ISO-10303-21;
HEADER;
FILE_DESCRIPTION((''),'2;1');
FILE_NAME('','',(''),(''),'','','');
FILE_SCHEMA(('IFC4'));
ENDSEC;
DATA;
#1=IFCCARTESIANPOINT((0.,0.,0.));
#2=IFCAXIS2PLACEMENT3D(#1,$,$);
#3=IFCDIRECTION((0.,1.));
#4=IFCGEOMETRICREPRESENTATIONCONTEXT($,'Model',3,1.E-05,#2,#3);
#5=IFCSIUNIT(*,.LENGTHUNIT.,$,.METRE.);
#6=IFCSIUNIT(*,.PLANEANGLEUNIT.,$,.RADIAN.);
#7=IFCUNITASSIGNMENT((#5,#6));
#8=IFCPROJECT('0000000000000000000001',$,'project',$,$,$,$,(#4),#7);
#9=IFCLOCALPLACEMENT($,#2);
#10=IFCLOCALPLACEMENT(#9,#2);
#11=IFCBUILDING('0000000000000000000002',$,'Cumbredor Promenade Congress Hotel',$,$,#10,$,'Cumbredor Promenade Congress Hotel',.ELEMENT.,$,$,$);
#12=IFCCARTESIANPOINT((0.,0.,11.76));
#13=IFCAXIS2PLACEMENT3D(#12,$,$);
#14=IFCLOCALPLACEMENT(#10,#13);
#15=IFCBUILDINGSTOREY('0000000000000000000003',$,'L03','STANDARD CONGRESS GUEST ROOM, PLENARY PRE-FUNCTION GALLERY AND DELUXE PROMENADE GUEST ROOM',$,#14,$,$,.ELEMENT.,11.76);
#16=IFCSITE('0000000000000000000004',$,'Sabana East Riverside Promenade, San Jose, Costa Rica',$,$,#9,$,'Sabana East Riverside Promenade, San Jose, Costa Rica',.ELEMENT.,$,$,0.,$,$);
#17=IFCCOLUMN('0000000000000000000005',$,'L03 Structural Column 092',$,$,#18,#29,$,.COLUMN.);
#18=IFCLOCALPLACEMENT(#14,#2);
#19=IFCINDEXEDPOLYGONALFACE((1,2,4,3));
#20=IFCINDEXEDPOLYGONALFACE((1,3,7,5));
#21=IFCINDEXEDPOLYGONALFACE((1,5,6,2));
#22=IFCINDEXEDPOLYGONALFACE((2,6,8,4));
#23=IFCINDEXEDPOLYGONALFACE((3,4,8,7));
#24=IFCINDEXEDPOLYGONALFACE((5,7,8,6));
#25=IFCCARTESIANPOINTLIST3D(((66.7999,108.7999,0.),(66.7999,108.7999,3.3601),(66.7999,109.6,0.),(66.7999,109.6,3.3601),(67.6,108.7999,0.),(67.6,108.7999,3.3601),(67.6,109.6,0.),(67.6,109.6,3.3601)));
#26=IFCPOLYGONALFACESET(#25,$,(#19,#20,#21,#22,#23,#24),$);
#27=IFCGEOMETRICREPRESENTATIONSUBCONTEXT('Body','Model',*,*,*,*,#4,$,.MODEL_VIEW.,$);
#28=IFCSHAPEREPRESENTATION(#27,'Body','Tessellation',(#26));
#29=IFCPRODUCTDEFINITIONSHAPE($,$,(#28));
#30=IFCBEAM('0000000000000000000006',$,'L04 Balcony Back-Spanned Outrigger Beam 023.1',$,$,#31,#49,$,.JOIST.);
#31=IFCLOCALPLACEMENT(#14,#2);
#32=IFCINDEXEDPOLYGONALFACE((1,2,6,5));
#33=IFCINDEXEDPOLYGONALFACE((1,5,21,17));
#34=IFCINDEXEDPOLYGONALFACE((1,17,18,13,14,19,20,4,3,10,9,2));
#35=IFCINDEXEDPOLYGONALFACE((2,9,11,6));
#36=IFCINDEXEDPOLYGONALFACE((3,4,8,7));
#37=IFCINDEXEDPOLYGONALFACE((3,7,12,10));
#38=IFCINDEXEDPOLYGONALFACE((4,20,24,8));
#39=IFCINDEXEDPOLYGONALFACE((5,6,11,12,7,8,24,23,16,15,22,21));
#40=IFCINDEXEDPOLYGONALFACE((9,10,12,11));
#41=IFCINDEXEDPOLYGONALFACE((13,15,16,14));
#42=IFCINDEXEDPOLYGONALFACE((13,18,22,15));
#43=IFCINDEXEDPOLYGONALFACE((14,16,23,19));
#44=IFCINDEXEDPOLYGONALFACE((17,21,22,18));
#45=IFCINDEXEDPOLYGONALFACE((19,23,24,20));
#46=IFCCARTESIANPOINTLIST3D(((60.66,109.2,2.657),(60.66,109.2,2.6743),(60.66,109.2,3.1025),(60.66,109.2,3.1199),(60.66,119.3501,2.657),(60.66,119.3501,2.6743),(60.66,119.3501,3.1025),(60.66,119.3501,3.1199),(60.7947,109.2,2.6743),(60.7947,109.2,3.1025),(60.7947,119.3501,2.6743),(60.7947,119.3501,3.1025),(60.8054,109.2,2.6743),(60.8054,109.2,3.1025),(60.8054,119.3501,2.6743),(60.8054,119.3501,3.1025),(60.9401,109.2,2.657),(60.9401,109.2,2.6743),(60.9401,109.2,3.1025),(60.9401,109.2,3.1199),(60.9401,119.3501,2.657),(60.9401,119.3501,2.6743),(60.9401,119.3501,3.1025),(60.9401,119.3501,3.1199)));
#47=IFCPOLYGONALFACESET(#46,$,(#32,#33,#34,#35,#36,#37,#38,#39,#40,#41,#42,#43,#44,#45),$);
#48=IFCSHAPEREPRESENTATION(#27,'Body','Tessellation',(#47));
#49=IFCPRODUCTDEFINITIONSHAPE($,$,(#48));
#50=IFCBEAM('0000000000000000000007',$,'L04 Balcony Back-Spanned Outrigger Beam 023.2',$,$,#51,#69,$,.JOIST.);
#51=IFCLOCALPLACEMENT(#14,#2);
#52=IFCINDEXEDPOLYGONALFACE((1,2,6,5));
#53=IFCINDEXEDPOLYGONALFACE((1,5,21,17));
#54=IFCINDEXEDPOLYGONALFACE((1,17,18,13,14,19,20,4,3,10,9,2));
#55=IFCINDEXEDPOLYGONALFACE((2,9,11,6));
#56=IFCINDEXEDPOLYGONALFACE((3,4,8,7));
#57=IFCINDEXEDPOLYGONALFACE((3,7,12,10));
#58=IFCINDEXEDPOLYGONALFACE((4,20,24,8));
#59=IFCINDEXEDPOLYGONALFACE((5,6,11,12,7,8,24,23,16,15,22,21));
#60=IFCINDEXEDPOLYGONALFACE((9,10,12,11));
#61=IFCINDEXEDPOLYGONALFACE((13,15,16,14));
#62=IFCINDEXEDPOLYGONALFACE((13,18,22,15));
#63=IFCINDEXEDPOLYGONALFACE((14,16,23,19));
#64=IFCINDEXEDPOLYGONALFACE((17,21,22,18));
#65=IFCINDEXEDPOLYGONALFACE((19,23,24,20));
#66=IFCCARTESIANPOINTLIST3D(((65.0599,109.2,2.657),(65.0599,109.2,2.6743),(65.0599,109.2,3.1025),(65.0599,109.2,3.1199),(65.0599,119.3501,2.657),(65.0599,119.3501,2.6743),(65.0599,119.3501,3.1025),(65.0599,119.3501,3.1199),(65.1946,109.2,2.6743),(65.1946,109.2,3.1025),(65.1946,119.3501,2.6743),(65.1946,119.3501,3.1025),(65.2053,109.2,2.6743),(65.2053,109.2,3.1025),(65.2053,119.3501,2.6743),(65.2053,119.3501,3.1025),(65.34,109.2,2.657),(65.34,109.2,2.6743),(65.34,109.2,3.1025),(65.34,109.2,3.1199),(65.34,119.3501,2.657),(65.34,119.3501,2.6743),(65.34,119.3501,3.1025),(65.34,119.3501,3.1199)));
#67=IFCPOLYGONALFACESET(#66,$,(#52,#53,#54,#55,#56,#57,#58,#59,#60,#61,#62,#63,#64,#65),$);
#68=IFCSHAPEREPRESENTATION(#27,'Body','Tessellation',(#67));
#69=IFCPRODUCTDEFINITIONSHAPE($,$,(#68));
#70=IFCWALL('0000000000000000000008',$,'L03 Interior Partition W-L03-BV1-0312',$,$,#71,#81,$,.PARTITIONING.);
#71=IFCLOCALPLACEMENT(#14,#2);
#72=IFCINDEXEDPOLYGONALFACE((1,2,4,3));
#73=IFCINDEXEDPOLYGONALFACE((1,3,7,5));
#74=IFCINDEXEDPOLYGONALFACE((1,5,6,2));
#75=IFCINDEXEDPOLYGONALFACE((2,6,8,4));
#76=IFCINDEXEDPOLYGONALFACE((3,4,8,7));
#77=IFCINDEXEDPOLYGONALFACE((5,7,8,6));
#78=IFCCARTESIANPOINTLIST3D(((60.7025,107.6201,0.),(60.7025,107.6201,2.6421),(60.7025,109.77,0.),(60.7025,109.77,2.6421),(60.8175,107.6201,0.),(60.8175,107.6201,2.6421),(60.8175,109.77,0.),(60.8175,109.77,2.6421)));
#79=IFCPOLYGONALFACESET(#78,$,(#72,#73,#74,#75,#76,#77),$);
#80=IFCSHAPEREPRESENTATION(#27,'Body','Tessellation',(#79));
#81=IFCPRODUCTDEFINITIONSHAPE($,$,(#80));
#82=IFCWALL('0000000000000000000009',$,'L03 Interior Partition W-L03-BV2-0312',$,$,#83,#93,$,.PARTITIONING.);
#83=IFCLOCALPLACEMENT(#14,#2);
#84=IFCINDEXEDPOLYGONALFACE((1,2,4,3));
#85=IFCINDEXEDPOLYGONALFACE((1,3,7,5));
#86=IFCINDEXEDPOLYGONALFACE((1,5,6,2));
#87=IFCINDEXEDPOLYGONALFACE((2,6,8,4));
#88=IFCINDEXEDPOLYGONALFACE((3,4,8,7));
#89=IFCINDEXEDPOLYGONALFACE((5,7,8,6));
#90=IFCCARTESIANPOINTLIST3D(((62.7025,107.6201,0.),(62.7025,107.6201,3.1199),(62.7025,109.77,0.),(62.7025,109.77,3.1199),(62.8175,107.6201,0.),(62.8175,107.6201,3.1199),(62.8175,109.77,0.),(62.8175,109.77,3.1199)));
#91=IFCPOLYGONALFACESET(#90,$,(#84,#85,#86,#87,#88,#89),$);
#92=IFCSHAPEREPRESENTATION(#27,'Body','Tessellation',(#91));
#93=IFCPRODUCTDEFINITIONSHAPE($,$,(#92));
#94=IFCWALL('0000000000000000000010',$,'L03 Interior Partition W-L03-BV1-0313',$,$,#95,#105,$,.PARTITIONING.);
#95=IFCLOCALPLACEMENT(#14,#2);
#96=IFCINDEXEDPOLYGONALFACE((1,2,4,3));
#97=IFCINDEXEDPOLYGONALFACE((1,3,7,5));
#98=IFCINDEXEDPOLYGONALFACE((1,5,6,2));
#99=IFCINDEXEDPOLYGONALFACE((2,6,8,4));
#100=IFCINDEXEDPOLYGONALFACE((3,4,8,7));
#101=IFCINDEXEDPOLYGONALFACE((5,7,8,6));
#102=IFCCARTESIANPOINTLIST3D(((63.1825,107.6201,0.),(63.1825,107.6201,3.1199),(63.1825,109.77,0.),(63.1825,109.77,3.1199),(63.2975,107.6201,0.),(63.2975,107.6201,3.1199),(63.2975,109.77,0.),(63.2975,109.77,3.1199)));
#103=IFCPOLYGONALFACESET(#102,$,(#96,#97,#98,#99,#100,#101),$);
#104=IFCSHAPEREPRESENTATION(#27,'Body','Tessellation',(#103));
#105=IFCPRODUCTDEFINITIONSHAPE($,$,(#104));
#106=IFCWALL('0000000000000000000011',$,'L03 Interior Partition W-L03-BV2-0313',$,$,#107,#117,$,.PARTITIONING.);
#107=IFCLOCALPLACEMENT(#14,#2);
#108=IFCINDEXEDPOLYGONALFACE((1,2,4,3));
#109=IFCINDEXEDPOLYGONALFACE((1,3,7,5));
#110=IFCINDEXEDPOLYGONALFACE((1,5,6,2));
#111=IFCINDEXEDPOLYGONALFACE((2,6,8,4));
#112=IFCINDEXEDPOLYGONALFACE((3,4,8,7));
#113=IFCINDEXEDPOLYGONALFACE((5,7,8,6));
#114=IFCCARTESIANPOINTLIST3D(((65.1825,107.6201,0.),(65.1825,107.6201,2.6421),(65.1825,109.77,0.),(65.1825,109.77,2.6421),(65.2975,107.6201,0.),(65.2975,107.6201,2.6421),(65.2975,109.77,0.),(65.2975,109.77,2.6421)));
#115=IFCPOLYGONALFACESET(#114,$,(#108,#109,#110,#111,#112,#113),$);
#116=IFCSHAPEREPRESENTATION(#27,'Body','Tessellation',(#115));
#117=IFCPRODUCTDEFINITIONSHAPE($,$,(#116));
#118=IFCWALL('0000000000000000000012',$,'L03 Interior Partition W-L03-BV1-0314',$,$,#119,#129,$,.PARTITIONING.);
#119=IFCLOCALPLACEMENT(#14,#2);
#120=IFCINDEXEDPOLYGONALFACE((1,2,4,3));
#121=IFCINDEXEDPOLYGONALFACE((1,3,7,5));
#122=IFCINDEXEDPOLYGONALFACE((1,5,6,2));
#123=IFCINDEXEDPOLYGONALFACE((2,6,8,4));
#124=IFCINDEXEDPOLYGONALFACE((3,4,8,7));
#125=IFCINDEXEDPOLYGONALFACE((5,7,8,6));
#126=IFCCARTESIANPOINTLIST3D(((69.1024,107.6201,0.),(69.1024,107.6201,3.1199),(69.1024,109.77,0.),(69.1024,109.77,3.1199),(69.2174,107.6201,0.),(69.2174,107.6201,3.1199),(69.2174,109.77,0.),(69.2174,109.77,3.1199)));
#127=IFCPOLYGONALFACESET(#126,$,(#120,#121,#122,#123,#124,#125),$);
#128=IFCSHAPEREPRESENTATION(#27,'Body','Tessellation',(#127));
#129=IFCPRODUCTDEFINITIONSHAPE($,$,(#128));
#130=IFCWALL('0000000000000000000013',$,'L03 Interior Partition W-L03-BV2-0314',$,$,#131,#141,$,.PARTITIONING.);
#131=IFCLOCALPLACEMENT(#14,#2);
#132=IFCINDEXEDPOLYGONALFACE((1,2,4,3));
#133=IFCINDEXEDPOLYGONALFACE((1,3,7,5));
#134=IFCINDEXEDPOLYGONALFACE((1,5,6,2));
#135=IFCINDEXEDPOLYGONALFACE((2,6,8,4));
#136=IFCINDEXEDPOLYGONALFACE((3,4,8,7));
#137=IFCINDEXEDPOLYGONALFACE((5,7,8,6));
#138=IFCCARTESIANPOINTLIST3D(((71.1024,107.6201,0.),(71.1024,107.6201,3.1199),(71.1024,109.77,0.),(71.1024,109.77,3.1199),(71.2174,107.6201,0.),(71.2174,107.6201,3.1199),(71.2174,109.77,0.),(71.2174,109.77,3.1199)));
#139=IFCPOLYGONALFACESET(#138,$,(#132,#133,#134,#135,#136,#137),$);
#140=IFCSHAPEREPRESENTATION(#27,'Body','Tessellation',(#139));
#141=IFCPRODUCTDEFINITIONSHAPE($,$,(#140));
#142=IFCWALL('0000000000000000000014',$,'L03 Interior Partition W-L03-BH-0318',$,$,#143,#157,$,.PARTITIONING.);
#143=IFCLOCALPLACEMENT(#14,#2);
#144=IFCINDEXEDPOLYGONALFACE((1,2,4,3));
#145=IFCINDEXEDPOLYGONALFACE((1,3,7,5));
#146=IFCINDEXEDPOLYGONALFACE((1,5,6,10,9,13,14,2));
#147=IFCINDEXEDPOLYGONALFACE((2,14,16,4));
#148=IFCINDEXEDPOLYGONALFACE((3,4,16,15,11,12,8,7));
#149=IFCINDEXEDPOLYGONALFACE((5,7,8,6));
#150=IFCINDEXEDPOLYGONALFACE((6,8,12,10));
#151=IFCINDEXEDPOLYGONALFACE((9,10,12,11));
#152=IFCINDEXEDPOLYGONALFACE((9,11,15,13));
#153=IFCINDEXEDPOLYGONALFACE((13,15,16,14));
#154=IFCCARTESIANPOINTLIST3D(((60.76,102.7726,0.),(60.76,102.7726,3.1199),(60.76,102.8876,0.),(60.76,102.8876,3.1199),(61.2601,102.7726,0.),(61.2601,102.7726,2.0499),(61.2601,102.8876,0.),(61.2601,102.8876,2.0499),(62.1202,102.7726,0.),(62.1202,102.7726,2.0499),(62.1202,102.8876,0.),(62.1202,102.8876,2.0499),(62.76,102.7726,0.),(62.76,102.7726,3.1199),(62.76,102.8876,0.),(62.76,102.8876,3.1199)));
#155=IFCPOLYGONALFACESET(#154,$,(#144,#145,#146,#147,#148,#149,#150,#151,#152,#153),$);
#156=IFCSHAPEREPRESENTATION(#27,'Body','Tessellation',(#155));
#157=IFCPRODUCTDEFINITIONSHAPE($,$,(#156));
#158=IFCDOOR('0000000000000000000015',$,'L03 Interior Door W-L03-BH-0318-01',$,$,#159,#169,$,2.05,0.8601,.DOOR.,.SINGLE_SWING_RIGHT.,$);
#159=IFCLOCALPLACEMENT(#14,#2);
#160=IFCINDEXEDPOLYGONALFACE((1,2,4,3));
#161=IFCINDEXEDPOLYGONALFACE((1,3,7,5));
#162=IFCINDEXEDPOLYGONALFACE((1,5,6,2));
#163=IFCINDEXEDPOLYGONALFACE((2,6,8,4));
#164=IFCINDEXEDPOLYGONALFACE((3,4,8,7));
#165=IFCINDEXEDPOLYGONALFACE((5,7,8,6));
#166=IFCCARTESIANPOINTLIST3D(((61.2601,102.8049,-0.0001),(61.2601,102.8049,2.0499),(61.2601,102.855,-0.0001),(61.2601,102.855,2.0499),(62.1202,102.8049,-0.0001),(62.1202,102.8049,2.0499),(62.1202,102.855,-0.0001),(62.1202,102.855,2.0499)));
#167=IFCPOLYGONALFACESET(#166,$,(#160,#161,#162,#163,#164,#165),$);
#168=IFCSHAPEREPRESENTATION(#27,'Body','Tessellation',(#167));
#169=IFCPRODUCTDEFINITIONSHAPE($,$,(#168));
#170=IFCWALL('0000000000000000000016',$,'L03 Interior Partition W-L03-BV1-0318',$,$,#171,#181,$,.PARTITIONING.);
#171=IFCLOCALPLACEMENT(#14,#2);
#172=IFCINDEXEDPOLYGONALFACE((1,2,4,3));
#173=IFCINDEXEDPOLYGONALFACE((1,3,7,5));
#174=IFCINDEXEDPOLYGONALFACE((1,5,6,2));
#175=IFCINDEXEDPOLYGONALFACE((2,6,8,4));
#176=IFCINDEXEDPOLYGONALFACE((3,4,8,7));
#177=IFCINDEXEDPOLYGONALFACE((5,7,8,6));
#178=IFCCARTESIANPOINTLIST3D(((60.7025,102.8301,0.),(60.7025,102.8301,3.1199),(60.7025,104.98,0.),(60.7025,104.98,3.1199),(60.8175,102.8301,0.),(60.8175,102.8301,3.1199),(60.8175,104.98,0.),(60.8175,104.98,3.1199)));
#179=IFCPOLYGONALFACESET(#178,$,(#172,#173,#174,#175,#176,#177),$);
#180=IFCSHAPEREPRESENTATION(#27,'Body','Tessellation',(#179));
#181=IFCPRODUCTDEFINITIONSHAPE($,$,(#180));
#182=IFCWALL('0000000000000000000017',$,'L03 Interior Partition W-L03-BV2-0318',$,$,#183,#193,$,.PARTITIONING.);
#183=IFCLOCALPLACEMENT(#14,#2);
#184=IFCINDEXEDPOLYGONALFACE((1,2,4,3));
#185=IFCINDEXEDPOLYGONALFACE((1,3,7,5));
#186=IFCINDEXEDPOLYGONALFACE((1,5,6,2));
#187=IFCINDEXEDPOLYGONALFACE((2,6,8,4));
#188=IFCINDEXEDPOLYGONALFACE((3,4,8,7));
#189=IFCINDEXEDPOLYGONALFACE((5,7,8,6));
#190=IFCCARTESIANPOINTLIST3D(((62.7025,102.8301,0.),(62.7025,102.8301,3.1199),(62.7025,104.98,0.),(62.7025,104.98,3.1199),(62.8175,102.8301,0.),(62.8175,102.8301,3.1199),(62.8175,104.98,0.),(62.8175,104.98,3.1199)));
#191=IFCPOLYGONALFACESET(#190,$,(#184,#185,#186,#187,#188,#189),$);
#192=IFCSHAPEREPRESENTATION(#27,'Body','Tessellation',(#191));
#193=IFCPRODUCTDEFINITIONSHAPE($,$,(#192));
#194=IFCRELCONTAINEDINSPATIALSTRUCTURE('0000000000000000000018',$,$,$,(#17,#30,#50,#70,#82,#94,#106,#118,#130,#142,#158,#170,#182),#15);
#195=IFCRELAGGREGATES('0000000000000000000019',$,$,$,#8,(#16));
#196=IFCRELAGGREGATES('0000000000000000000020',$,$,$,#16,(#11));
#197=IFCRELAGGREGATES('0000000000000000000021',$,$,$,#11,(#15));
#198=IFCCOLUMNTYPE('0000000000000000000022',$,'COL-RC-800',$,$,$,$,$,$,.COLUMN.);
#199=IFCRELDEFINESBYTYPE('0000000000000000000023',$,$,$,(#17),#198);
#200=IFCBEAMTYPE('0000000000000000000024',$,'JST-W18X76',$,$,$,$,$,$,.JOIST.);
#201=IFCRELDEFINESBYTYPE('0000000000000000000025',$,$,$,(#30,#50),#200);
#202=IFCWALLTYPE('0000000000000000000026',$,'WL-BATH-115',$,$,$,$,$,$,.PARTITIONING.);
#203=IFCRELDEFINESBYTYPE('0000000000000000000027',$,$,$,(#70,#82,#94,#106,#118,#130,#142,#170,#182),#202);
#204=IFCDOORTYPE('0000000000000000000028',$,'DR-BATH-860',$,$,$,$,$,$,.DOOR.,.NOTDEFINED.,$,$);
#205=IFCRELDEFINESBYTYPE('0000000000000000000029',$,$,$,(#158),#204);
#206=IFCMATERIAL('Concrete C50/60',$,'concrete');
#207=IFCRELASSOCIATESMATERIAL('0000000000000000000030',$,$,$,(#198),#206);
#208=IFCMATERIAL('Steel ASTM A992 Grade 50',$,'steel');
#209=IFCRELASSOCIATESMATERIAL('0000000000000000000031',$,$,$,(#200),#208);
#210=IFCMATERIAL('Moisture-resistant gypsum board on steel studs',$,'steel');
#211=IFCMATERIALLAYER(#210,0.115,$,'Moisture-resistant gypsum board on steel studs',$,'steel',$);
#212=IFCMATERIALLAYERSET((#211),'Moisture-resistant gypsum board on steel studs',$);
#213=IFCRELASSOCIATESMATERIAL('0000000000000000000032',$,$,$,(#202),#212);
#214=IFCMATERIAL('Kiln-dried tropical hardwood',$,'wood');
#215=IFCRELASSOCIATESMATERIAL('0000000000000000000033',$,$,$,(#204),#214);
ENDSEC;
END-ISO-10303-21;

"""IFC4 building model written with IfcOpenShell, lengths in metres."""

from ifc_helpers import new_model, si_unit, direction, frame, frame_2d, origin, origin_2d, place, context, subcontext, project, spatial, rectangle, i_section, extrude, material, layer, layer_set, material_profile, profile_set, type_object, element, fill, save


model = new_model("IFC4")

# Units and contexts
model_context = context("Model", 3, precision=1e-05, world=origin(), true_north=direction((0.0, 1.0)))
body_context = subcontext(model_context, "Body", "Model", "MODEL_VIEW")
ifc_project = project(units=[si_unit("LENGTHUNIT", "METRE"), si_unit("PLANEANGLEUNIT", "RADIAN")], contexts=[model_context])

# Site, building, storey
site_placement = place(None, origin())
site = spatial("IfcSite", under=ifc_project, at=site_placement, Name="Sabana East Riverside Promenade, San Jose, Costa Rica", LongName="Sabana East Riverside Promenade, San Jose, Costa Rica", CompositionType="ELEMENT", RefElevation=0.0)
building_placement = place(site_placement, origin())
building = spatial("IfcBuilding", under=site, at=building_placement, Name="Cumbredor Promenade Congress Hotel", LongName="Cumbredor Promenade Congress Hotel", CompositionType="ELEMENT")
storey_placement = place(building_placement, frame((0.0, 0.0, 11.76)))
storey = spatial("IfcBuildingStorey", under=building, at=storey_placement, Name="L03", Description="STANDARD CONGRESS GUEST ROOM, PLENARY PRE-FUNCTION GALLERY AND DELUXE PROMENADE GUEST ROOM", CompositionType="ELEMENT", Elevation=11.76)

# Column
ifc_material_1 = material(Name="Concrete C50/60", Category="concrete")
ifc_material_profile_1 = material_profile(ifc_material_1, rectangle(XDim=0.8, YDim=0.8, at=origin_2d()), Name="RC 800x800")
ifc_profile_set_1 = profile_set([ifc_material_profile_1], Name="Concrete C50/60")
column_type = type_object("IfcColumnType", Name="COL-RC-800", PredefinedType="COLUMN", material=ifc_profile_set_1)
column_placement = place(storey_placement, frame((67.2, 109.2, 0.0), z_axis=(0.0, 0.0, 1.0), x_axis=(1.0, 0.0, 0.0)))
element("IfcColumn", 1, at=column_placement, inside=storey, type_object=column_type, Name="L03 Structural Column 092", PredefinedType="COLUMN", context=body_context, shape_type="SweptSolid", body=[
    extrude(rectangle(XDim=0.8, YDim=0.8, at=origin_2d()), origin(), (0.0, 0.0, 1.0), 3.3601),
])

# Beams
ifc_material_2 = material(Name="Steel ASTM A992 Grade 50", Category="steel")
ifc_material_profile_2 = material_profile(ifc_material_2, i_section(OverallWidth=0.28, OverallDepth=0.4629, WebThickness=0.0107, FlangeThickness=0.0173, at=origin_2d()), Name="W18X76")
ifc_profile_set_2 = profile_set([ifc_material_profile_2], Name="Steel ASTM A992 Grade 50")
beam_type = type_object("IfcBeamType", Name="JST-W18X76", PredefinedType="JOIST", material=ifc_profile_set_2)
for number, where, z_axis, x_axis, name in (
    (2, (60.8, 109.2, 2.8884), (0.0, 1.0, 0.0), (-1.0, 0.0, 0.0), "L04 Balcony Back-Spanned Outrigger Beam 023.1"),
    (3, (65.2, 109.2, 2.8884), (0.0, 1.0, 0.0), (-1.0, 0.0, 0.0), "L04 Balcony Back-Spanned Outrigger Beam 023.2"),
):
    element("IfcBeam", number, at=place(storey_placement, frame(where, z_axis=z_axis, x_axis=x_axis)), inside=storey, type_object=beam_type, Name=name, PredefinedType="JOIST", context=body_context, shape_type="SweptSolid", body=[
        extrude(i_section(OverallWidth=0.28, OverallDepth=0.4629, WebThickness=0.0107, FlangeThickness=0.0173, at=origin_2d()), origin(), (0.0, 0.0, 1.0), 10.1501),
    ])

# Walls
ifc_material_3 = material(Name="Moisture-resistant gypsum board on steel studs", Category="steel")
ifc_layer_1 = layer(ifc_material_3, 0.115, Name="Moisture-resistant gypsum board on steel studs", Category="steel")
ifc_layer_set_1 = layer_set([ifc_layer_1], Name="Moisture-resistant gypsum board on steel studs")
wall_type_1 = type_object("IfcWallType", Name="WL-BATH-115", PredefinedType="PARTITIONING", material=ifc_layer_set_1)
wall_1_placement = place(storey_placement, frame((60.76, 107.6201, 0.0), z_axis=(0.0, 0.0, 1.0), x_axis=(0.0, 1.0, 0.0)))
element("IfcWall", 4, at=wall_1_placement, inside=storey, type_object=wall_type_1, Name="L03 Interior Partition W-L03-BV1-0312", PredefinedType="PARTITIONING", context=body_context, shape_type="SweptSolid", body=[
    extrude(rectangle(XDim=2.1499, YDim=0.115, at=frame_2d((1.075, 0.0))), origin(), (0.0, 0.0, 1.0), 2.6421),
])
for number, where, z_axis, x_axis, name in (
    (5, (62.76, 107.6201, 0.0), (0.0, 0.0, 1.0), (0.0, 1.0, 0.0), "L03 Interior Partition W-L03-BV2-0312"),
    (6, (63.24, 107.6201, 0.0), (0.0, 0.0, 1.0), (0.0, 1.0, 0.0), "L03 Interior Partition W-L03-BV1-0313"),
):
    element("IfcWall", number, at=place(storey_placement, frame(where, z_axis=z_axis, x_axis=x_axis)), inside=storey, type_object=wall_type_1, Name=name, PredefinedType="PARTITIONING", context=body_context, shape_type="SweptSolid", body=[
        extrude(rectangle(XDim=2.1499, YDim=0.115, at=frame_2d((1.075, 0.0))), origin(), (0.0, 0.0, 1.0), 3.1199),
    ])
wall_2_placement = place(storey_placement, frame((65.24, 107.6201, 0.0), z_axis=(0.0, 0.0, 1.0), x_axis=(0.0, 1.0, 0.0)))
element("IfcWall", 7, at=wall_2_placement, inside=storey, type_object=wall_type_1, Name="L03 Interior Partition W-L03-BV2-0313", PredefinedType="PARTITIONING", context=body_context, shape_type="SweptSolid", body=[
    extrude(rectangle(XDim=2.1499, YDim=0.115, at=frame_2d((1.075, 0.0))), origin(), (0.0, 0.0, 1.0), 2.6421),
])
for number, where, z_axis, x_axis, name in (
    (8, (69.1599, 107.6201, 0.0), (0.0, 0.0, 1.0), (0.0, 1.0, 0.0), "L03 Interior Partition W-L03-BV1-0314"),
    (9, (71.1599, 107.6201, 0.0), (0.0, 0.0, 1.0), (0.0, 1.0, 0.0), "L03 Interior Partition W-L03-BV2-0314"),
):
    element("IfcWall", number, at=place(storey_placement, frame(where, z_axis=z_axis, x_axis=x_axis)), inside=storey, type_object=wall_type_1, Name=name, PredefinedType="PARTITIONING", context=body_context, shape_type="SweptSolid", body=[
        extrude(rectangle(XDim=2.1499, YDim=0.115, at=frame_2d((1.075, 0.0))), origin(), (0.0, 0.0, 1.0), 3.1199),
    ])

# Wall, opening, door
wall_3_placement = place(storey_placement, frame((60.76, 102.8301, 0.0), z_axis=(0.0, 0.0, 1.0), x_axis=(1.0, 0.0, 0.0)))
wall_3 = element("IfcWall", 10, at=wall_3_placement, inside=storey, type_object=wall_type_1, Name="L03 Interior Partition W-L03-BH-0318", PredefinedType="PARTITIONING", context=body_context, shape_type="SweptSolid", body=[
    extrude(rectangle(XDim=2.0, YDim=0.115, at=frame_2d((1.0, 0.0))), origin(), (0.0, 0.0, 1.0), 3.1199),
])
opening_1_placement = place(wall_3_placement, frame((0.5, 0.0, 0.0)))
opening_1 = element("IfcOpeningElement", 11, at=opening_1_placement, cuts=wall_3, PredefinedType="OPENING", context=body_context, shape_type="SweptSolid", body=[
    extrude(rectangle(XDim=0.8601, YDim=2.05, at=frame_2d((0.4302, 1.0249))), frame((0.0, 0.0674, 0.0), z_axis=(0.0, -1.0, 0.0), x_axis=(1.0, 0.0, 0.0)), (0.0, 0.0, 1.0), 0.135),
])
ifc_material_4 = material(Name="Kiln-dried tropical hardwood", Category="wood")
door_type = type_object("IfcDoorType", Name="DR-BATH-860", OperationType="NOTDEFINED", PredefinedType="DOOR", material=ifc_material_4)
door_1_placement = place(opening_1_placement, origin())
door_1 = element("IfcDoor", 12, at=door_1_placement, inside=storey, type_object=door_type, Name="L03 Interior Door W-L03-BH-0318-01", OperationType="SINGLE_SWING_RIGHT", OverallHeight=2.05, OverallWidth=0.8601, PredefinedType="DOOR", context=body_context, shape_type="SweptSolid", body=[
    extrude(rectangle(XDim=0.8601, YDim=2.05, at=frame_2d((0.4302, 1.0249))), frame((0.0, 0.0249, 0.0), z_axis=(0.0, -1.0, 0.0), x_axis=(1.0, 0.0, 0.0)), (0.0, 0.0, 1.0), 0.05),
])
fill(opening_1, door_1)

# Walls
for number, where, z_axis, x_axis, name in (
    (13, (60.76, 102.8301, 0.0), (0.0, 0.0, 1.0), (0.0, 1.0, 0.0), "L03 Interior Partition W-L03-BV1-0318"),
    (14, (62.76, 102.8301, 0.0), (0.0, 0.0, 1.0), (0.0, 1.0, 0.0), "L03 Interior Partition W-L03-BV2-0318"),
):
    element("IfcWall", number, at=place(storey_placement, frame(where, z_axis=z_axis, x_axis=x_axis)), inside=storey, type_object=wall_type_1, Name=name, PredefinedType="PARTITIONING", context=body_context, shape_type="SweptSolid", body=[
        extrude(rectangle(XDim=2.1499, YDim=0.115, at=frame_2d((1.075, 0.0))), origin(), (0.0, 0.0, 1.0), 3.1199),
    ])

save(model, "model.ifc")
